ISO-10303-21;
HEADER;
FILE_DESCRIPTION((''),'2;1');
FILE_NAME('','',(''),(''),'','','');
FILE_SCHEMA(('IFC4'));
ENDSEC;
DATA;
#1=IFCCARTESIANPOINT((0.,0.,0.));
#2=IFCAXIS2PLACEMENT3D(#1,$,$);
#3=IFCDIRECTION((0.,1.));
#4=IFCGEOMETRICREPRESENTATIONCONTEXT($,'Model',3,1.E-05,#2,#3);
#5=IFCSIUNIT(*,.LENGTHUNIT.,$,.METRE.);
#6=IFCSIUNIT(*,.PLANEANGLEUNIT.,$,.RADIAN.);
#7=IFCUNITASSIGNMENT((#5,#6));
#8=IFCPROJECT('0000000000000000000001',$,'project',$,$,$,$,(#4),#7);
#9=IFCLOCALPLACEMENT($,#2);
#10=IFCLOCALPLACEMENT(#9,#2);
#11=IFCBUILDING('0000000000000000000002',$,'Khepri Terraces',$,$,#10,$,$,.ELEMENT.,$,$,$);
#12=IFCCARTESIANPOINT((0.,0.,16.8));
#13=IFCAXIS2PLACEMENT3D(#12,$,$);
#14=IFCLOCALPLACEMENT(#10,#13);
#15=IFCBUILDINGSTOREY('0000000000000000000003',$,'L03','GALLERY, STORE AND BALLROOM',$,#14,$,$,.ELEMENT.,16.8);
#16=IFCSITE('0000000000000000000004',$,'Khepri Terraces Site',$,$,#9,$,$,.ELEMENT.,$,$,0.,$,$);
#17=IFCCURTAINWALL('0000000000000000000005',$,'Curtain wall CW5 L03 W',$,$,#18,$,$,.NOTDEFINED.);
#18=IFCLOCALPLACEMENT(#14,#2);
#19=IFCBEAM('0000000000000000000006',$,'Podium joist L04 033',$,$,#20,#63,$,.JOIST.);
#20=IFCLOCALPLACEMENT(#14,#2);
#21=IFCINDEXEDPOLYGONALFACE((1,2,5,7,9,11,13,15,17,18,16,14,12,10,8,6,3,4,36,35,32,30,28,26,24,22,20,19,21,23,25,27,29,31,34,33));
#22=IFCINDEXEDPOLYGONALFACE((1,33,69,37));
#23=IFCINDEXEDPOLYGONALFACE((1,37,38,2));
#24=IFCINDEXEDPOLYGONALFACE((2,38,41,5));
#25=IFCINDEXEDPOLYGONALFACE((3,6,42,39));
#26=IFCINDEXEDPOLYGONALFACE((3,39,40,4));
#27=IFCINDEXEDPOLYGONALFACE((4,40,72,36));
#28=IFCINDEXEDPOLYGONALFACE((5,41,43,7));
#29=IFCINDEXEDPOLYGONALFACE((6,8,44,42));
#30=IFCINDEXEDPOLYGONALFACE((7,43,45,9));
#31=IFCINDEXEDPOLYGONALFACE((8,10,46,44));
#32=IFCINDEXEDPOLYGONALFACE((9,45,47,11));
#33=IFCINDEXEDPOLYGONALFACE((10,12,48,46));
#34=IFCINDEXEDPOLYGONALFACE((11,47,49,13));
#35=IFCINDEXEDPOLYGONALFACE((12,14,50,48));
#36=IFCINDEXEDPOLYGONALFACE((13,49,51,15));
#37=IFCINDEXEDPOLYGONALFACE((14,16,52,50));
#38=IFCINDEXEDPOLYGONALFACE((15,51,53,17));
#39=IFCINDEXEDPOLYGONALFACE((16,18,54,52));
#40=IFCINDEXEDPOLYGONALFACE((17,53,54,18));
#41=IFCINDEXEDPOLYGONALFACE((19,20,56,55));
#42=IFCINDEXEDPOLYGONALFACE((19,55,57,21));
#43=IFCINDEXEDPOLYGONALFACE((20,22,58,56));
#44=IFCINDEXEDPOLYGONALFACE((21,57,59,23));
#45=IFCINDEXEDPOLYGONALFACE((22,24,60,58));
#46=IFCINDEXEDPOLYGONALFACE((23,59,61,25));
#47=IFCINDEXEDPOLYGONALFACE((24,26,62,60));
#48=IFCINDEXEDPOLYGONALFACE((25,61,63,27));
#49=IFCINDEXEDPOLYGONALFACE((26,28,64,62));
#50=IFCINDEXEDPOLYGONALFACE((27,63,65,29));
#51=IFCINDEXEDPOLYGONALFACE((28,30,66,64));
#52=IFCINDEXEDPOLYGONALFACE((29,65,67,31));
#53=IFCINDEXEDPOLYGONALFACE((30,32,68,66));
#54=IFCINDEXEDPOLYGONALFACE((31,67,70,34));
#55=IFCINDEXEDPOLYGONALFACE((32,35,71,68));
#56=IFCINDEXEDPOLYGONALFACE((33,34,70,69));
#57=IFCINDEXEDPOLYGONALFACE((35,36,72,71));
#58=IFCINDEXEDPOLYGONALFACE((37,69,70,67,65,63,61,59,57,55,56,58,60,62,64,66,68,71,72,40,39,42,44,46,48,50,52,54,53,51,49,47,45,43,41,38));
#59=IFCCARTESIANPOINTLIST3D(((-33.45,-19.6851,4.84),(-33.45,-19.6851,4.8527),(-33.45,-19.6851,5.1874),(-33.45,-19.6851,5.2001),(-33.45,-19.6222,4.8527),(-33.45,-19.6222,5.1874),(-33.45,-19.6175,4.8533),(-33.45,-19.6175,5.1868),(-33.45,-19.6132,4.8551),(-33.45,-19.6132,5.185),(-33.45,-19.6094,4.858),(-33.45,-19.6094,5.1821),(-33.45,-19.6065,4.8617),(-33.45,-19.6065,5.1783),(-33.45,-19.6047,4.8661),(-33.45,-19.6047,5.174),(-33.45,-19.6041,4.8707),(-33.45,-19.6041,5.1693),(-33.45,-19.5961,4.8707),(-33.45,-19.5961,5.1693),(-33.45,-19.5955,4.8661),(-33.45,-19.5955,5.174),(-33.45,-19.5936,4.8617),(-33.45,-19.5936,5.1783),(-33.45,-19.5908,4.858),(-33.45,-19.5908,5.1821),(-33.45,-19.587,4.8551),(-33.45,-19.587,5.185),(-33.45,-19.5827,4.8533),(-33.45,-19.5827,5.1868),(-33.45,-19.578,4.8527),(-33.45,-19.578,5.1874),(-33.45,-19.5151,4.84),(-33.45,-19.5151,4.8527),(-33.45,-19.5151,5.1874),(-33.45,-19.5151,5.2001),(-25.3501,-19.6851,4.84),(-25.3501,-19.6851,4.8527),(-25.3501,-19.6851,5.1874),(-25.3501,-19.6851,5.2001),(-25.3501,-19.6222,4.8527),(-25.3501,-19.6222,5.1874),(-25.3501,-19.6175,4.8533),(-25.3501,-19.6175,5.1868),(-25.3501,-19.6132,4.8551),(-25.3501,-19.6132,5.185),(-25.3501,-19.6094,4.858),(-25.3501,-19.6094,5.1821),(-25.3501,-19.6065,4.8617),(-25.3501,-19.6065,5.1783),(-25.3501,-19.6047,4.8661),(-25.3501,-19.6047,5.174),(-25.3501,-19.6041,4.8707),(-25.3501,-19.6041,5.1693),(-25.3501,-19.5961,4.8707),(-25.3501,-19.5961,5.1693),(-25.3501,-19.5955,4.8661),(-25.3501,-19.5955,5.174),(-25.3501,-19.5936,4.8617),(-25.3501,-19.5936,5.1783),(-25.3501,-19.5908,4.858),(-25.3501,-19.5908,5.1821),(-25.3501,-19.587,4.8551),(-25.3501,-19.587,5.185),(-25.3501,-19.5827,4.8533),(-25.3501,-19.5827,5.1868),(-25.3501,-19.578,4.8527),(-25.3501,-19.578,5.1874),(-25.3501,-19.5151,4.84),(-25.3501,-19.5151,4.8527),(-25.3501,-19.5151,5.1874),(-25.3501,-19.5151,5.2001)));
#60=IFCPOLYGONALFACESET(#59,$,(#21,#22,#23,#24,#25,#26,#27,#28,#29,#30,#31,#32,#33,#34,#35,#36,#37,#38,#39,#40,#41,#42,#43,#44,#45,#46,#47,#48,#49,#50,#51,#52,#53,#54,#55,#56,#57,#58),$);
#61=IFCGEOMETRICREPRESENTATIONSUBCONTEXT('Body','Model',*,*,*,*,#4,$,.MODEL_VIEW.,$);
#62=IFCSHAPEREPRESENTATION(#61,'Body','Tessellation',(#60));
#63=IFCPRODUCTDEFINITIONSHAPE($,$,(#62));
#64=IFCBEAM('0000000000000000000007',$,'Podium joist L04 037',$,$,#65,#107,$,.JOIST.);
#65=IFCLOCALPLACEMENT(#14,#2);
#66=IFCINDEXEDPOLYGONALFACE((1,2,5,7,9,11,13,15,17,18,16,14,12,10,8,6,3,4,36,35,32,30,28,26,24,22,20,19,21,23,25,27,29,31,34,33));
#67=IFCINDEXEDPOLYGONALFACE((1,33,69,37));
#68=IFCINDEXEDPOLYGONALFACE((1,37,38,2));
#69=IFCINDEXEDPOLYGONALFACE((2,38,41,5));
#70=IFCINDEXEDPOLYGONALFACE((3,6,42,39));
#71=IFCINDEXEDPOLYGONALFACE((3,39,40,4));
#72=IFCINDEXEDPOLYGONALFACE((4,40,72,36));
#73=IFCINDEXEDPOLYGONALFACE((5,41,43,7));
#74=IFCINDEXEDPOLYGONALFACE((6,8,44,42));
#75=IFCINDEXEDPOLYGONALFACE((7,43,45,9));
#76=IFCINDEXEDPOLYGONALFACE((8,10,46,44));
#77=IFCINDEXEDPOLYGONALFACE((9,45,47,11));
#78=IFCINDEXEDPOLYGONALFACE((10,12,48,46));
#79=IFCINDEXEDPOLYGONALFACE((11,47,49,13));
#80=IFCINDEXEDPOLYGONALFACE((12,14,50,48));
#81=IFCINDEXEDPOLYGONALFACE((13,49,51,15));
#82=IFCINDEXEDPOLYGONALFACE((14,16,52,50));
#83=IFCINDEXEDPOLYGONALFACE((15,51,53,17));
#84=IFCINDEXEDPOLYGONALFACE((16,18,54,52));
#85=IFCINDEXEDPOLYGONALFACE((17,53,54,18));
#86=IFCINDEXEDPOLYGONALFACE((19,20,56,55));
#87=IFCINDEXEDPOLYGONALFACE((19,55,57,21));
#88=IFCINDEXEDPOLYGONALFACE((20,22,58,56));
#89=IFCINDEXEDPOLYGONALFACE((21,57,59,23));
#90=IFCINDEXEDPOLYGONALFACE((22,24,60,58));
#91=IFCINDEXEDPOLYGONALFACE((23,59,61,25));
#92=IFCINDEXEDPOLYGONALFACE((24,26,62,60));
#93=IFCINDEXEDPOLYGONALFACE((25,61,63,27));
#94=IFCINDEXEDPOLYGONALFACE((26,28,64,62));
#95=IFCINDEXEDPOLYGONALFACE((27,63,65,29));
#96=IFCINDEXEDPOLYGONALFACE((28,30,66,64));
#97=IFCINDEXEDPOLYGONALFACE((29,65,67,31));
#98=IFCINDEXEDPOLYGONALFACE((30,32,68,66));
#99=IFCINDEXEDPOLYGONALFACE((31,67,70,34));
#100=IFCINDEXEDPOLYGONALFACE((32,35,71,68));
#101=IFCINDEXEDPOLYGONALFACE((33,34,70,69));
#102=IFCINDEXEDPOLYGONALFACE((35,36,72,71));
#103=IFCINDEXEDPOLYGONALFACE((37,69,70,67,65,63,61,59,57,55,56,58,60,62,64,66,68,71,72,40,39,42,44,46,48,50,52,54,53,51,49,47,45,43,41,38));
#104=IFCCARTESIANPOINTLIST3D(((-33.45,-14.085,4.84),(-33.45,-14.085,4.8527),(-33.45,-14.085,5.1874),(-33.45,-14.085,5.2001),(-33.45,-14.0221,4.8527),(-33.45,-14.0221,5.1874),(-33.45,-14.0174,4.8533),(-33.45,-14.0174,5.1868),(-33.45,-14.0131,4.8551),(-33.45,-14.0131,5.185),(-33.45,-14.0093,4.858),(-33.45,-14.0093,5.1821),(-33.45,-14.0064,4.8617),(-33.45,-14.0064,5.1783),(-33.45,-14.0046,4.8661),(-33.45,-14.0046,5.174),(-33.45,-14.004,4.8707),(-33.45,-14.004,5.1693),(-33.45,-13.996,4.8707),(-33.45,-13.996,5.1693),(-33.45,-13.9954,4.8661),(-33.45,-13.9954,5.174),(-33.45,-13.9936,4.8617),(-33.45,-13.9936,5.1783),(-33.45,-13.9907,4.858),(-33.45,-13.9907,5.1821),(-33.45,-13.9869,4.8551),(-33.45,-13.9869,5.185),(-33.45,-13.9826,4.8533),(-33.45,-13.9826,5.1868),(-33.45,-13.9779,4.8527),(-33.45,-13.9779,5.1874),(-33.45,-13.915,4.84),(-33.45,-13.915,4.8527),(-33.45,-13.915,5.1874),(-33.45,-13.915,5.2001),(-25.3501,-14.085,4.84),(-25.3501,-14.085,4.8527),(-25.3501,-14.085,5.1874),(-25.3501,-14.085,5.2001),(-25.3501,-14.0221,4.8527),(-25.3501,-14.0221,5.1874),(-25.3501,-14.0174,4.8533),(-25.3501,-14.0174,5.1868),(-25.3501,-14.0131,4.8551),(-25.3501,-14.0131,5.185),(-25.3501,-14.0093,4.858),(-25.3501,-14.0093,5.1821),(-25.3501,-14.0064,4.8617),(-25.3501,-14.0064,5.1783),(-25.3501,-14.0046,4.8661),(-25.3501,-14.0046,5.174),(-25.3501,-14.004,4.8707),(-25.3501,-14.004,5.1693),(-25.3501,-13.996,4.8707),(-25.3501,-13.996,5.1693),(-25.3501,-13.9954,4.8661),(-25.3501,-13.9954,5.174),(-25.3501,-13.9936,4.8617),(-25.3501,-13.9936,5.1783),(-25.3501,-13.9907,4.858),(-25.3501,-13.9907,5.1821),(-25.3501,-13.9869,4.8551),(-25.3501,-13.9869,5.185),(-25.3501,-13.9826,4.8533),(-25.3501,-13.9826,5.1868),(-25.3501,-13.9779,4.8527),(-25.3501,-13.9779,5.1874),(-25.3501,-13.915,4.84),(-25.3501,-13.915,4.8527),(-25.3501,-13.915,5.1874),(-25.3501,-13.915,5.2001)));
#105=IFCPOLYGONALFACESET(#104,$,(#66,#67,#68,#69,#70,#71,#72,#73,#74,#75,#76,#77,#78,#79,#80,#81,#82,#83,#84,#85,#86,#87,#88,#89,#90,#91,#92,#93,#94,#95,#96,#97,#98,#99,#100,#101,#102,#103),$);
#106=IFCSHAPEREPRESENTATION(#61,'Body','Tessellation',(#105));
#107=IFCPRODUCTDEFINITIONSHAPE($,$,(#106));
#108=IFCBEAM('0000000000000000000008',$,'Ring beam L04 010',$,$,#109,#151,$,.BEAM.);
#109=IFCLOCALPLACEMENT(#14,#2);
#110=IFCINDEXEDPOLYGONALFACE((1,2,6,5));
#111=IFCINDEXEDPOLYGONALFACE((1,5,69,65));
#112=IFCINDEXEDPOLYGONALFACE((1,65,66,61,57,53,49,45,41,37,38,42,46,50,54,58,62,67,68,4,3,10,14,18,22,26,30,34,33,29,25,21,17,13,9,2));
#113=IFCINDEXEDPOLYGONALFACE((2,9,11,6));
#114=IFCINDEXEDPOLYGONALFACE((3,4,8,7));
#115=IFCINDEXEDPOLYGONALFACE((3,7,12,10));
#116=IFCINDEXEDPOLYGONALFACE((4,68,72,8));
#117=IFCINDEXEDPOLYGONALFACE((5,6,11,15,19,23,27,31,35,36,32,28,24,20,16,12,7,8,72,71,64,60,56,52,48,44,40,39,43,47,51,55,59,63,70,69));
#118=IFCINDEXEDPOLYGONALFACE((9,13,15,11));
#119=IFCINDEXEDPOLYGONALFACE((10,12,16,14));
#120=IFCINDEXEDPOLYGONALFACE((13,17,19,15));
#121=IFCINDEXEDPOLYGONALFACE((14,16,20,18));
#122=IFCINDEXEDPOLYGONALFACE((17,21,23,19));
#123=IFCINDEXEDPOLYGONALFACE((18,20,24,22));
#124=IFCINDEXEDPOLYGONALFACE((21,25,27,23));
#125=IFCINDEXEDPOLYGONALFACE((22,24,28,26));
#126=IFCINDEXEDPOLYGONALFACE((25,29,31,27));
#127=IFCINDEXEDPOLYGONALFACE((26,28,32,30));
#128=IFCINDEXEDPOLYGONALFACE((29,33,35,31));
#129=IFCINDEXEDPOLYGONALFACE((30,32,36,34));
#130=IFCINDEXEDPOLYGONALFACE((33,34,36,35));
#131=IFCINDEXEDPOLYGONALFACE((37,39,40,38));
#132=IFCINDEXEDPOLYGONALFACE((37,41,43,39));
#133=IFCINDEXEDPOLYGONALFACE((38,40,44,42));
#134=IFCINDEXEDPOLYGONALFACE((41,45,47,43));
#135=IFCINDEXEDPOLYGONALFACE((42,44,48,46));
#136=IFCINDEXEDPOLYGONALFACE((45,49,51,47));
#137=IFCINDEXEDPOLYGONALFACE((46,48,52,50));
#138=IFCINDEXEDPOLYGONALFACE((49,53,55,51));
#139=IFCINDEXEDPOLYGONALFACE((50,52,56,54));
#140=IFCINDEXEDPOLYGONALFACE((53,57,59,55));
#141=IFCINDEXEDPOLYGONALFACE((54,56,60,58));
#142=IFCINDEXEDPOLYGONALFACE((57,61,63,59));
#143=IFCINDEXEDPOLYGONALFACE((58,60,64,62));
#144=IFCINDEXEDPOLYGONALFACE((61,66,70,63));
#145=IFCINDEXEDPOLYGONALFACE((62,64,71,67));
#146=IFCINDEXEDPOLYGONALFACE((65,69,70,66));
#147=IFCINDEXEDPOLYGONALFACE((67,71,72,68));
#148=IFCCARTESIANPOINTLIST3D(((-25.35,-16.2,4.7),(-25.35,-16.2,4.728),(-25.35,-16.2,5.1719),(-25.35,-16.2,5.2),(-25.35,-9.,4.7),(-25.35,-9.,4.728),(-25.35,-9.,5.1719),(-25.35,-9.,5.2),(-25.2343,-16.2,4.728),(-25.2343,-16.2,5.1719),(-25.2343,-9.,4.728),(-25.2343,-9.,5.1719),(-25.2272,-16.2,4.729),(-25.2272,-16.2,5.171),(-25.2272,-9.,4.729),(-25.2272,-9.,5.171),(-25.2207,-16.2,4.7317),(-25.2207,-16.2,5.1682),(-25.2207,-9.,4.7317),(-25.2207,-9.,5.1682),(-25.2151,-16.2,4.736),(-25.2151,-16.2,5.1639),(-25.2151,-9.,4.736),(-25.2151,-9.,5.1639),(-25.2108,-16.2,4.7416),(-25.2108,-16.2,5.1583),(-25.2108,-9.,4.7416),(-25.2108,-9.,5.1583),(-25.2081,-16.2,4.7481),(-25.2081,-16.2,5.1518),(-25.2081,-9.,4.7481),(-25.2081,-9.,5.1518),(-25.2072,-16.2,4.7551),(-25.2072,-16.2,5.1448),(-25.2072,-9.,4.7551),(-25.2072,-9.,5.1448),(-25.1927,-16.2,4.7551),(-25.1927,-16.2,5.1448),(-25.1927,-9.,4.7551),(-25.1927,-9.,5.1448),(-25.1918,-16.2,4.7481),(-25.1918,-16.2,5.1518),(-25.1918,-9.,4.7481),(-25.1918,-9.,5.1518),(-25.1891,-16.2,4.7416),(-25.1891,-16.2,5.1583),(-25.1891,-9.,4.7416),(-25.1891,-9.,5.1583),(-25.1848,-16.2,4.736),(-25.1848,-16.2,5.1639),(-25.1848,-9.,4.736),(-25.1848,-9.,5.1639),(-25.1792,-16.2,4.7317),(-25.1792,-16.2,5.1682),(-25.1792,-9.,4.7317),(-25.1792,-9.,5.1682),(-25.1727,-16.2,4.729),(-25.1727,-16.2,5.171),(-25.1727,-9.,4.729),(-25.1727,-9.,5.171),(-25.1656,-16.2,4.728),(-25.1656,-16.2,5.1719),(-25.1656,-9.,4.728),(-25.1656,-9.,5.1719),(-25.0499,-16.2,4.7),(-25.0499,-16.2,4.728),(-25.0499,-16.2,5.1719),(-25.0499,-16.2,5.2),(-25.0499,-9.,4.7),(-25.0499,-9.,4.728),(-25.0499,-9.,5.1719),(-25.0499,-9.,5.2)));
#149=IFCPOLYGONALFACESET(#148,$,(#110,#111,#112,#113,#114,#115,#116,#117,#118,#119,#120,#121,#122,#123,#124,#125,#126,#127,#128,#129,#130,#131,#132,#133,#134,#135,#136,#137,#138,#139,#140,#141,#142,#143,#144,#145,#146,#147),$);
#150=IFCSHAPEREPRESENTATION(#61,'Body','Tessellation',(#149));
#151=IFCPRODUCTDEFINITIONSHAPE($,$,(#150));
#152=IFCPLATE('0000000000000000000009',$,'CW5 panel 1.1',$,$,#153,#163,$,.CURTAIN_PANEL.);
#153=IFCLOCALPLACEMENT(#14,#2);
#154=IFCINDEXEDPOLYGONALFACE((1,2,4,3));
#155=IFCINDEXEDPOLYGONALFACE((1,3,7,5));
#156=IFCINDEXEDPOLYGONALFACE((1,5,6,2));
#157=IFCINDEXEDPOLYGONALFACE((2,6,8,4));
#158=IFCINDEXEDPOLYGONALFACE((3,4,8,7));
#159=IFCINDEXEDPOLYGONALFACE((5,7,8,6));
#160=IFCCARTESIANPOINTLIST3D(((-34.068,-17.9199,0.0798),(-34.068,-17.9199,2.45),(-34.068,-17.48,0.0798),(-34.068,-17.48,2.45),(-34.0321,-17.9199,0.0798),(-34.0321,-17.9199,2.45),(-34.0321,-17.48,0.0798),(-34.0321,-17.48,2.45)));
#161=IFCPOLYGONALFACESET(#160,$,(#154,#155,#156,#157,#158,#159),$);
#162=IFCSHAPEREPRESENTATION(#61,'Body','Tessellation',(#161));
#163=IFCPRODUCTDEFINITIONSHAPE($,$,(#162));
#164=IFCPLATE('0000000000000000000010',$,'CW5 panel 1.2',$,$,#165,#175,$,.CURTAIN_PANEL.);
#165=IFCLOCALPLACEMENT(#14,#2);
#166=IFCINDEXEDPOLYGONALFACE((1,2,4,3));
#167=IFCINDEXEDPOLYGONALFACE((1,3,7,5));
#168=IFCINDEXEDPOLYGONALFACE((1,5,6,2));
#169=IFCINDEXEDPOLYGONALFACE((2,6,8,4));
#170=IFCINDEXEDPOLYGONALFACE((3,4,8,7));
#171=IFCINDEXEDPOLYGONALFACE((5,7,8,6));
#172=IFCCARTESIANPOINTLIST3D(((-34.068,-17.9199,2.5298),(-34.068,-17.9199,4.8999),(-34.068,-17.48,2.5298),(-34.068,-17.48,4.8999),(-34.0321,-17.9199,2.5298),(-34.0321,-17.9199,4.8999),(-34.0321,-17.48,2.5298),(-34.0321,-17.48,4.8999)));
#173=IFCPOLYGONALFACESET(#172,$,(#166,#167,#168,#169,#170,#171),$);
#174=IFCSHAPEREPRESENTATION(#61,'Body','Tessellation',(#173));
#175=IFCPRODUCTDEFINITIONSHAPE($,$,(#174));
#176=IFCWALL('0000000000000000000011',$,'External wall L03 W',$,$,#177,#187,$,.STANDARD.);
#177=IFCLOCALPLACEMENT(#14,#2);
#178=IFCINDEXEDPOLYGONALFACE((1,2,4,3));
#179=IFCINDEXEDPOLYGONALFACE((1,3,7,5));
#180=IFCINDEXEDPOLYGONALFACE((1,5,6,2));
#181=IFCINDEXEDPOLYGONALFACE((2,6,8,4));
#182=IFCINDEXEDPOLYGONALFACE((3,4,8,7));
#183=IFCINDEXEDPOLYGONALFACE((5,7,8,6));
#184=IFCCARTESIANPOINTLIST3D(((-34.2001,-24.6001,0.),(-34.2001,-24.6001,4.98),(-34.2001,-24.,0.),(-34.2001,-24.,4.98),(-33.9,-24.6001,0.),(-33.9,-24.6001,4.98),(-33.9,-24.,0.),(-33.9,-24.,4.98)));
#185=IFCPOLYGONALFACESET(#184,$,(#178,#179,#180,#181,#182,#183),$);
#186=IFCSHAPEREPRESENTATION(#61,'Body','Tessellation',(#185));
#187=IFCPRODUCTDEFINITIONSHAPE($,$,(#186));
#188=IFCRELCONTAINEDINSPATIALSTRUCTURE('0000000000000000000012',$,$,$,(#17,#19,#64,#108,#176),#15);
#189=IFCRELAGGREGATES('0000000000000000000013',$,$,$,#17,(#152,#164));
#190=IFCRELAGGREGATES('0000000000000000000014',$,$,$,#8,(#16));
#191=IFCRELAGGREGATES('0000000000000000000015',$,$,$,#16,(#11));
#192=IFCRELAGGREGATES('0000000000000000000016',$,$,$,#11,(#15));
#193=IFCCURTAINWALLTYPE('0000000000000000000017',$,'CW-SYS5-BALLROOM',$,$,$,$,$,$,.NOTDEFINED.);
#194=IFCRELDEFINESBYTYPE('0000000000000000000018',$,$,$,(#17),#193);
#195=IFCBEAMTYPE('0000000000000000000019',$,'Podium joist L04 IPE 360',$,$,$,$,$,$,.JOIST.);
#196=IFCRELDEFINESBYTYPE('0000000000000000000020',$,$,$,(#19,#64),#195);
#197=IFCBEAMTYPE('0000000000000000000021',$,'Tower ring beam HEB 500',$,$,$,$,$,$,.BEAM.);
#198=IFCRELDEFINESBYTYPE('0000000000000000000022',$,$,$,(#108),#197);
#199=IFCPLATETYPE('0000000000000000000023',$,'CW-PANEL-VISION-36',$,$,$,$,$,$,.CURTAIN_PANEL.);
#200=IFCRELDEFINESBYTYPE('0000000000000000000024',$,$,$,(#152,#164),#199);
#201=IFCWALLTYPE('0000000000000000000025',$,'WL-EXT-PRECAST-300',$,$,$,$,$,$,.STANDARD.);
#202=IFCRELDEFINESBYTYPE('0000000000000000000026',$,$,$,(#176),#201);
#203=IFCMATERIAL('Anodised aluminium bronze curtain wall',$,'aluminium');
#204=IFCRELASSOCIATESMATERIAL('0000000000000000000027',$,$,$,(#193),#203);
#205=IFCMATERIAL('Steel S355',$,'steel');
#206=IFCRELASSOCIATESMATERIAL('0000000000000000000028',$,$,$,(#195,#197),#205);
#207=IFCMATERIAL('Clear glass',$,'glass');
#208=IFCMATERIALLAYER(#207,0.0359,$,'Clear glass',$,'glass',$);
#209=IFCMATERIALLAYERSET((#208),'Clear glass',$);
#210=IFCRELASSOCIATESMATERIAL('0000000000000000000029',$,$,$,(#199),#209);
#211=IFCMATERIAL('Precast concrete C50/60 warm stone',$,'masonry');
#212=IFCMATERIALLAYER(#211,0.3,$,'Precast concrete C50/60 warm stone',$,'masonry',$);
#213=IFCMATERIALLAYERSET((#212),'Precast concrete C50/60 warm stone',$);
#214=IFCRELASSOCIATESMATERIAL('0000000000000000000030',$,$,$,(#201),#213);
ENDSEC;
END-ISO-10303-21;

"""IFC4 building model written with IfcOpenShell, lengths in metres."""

from ifc_helpers import new_model, si_unit, direction, frame, frame_2d, origin, origin_2d, place, context, subcontext, project, spatial, rectangle, i_section, extrude, material, layer, layer_set, material_profile, profile_set, type_object, element, aggregate, save


model = new_model("IFC4")

# Units and contexts
model_context = context("Model", 3, precision=1e-05, world=origin(), true_north=direction((0.0, 1.0)))
body_context = subcontext(model_context, "Body", "Model", "MODEL_VIEW")
ifc_project = project(units=[si_unit("LENGTHUNIT", "METRE"), si_unit("PLANEANGLEUNIT", "RADIAN")], contexts=[model_context])

# Site, building, storey
site_placement = place(None, origin())
site = spatial("IfcSite", under=ifc_project, at=site_placement, Name="Khepri Terraces Site", CompositionType="ELEMENT", RefElevation=0.0)
building_placement = place(site_placement, origin())
building = spatial("IfcBuilding", under=site, at=building_placement, Name="Khepri Terraces", CompositionType="ELEMENT")
storey_placement = place(building_placement, frame((0.0, 0.0, 16.8)))
storey = spatial("IfcBuildingStorey", under=building, at=storey_placement, Name="L03", Description="GALLERY, STORE AND BALLROOM", CompositionType="ELEMENT", Elevation=16.8)

# Curtain wall
ifc_material_1 = material(Name="Anodised aluminium bronze curtain wall", Category="aluminium")
curtain_wall_type = type_object("IfcCurtainWallType", Name="CW-SYS5-BALLROOM", PredefinedType="NOTDEFINED", material=ifc_material_1)
curtain_wall_placement = place(storey_placement, origin())
curtain_wall = element("IfcCurtainWall", 1, at=curtain_wall_placement, inside=storey, type_object=curtain_wall_type, Name="Curtain wall CW5 L03 W", PredefinedType="NOTDEFINED")

# Beams
ifc_material_2 = material(Name="Steel S355", Category="steel")
ifc_material_profile_1 = material_profile(ifc_material_2, i_section(OverallWidth=0.1699, OverallDepth=0.3601, WebThickness=0.0081, FlangeThickness=0.0127, FilletRadius=0.0181, at=origin_2d()), Name="Steel S355", Category="steel")
ifc_profile_set_1 = profile_set([ifc_material_profile_1], Name="Steel S355")
beam_type_1 = type_object("IfcBeamType", Name="Podium joist L04 IPE 360", PredefinedType="JOIST", material=ifc_profile_set_1)
for number, where, z_axis, x_axis, name in (
    (2, (-33.45, -19.6001, 5.02), (1.0, 0.0, 0.0), (0.0, 1.0, 0.0), "Podium joist L04 033"),
    (3, (-33.45, -14.0, 5.02), (1.0, 0.0, 0.0), (0.0, 1.0, 0.0), "Podium joist L04 037"),
):
    element("IfcBeam", number, at=place(storey_placement, frame(where, z_axis=z_axis, x_axis=x_axis)), inside=storey, type_object=beam_type_1, Name=name, PredefinedType="JOIST", context=body_context, shape_type="SweptSolid", body=[
        extrude(i_section(OverallWidth=0.1699, OverallDepth=0.3601, WebThickness=0.0081, FlangeThickness=0.0127, FilletRadius=0.0181, at=origin_2d()), origin(), (0.0, 0.0, 1.0), 8.0999),
    ])
ifc_material_profile_2 = material_profile(ifc_material_2, i_section(OverallWidth=0.3, OverallDepth=0.5, WebThickness=0.0144, FlangeThickness=0.0281, FilletRadius=0.0271, at=origin_2d()), Name="Steel S355", Category="steel")
ifc_profile_set_2 = profile_set([ifc_material_profile_2], Name="Steel S355")
beam_type_2 = type_object("IfcBeamType", Name="Tower ring beam HEB 500", PredefinedType="BEAM", material=ifc_profile_set_2)
beam_1_placement = place(storey_placement, frame((-25.2, -16.2, 4.95), z_axis=(0.0, 1.0, 0.0), x_axis=(-1.0, 0.0, 0.0)))
element("IfcBeam", 4, at=beam_1_placement, inside=storey, type_object=beam_type_2, Name="Ring beam L04 010", PredefinedType="BEAM", context=body_context, shape_type="SweptSolid", body=[
    extrude(i_section(OverallWidth=0.3, OverallDepth=0.5, WebThickness=0.0144, FlangeThickness=0.0281, FilletRadius=0.0271, at=origin_2d()), origin(), (0.0, 0.0, 1.0), 7.2),
])

# Plates
ifc_material_3 = material(Name="Clear glass", Category="glass")
ifc_layer_1 = layer(ifc_material_3, 0.0359, Name="Clear glass", Category="glass")
ifc_layer_set_1 = layer_set([ifc_layer_1], Name="Clear glass")
plate_type = type_object("IfcPlateType", Name="CW-PANEL-VISION-36", PredefinedType="CURTAIN_PANEL", material=ifc_layer_set_1)
plate_1_placement = place(storey_placement, frame((-34.05, -17.7, 0.0798), z_axis=(0.0, 0.0, 1.0), x_axis=(0.0, -1.0, 0.0)))
plate_1 = element("IfcPlate", 5, at=plate_1_placement, type_object=plate_type, Name="CW5 panel 1.1", PredefinedType="CURTAIN_PANEL", context=body_context, shape_type="SweptSolid", body=[
    extrude(rectangle(XDim=0.4399, YDim=0.0359, at=origin_2d()), origin(), (0.0, 0.0, 1.0), 2.3701),
])
plate_2_placement = place(storey_placement, frame((-34.05, -17.7, 2.5298), z_axis=(0.0, 0.0, 1.0), x_axis=(0.0, -1.0, 0.0)))
plate_2 = element("IfcPlate", 6, at=plate_2_placement, type_object=plate_type, Name="CW5 panel 1.2", PredefinedType="CURTAIN_PANEL", context=body_context, shape_type="SweptSolid", body=[
    extrude(rectangle(XDim=0.4399, YDim=0.0359, at=origin_2d()), origin(), (0.0, 0.0, 1.0), 2.3701),
])
aggregate(curtain_wall, [plate_1, plate_2])

# Shared definitions
ifc_material_4 = material(Name="Precast concrete C50/60 warm stone", Category="masonry")
ifc_layer_2 = layer(ifc_material_4, 0.3, Name="Precast concrete C50/60 warm stone", Category="masonry")
ifc_layer_set_2 = layer_set([ifc_layer_2], Name="Precast concrete C50/60 warm stone")
wall_type_1 = type_object("IfcWallType", Name="WL-EXT-PRECAST-300", PredefinedType="STANDARD", material=ifc_layer_set_2)

# Wall
wall_1_placement = place(storey_placement, frame((-34.05, -24.0, 0.0), z_axis=(0.0, 0.0, 1.0), x_axis=(0.0, -1.0, 0.0)))
element("IfcWall", 7, at=wall_1_placement, inside=storey, type_object=wall_type_1, Name="External wall L03 W", PredefinedType="STANDARD", context=body_context, shape_type="SweptSolid", body=[
    extrude(rectangle(XDim=0.6001, YDim=0.3, at=frame_2d((0.3, 0.0))), origin(), (0.0, 0.0, 1.0), 4.98),
])

save(model, "model.ifc")
